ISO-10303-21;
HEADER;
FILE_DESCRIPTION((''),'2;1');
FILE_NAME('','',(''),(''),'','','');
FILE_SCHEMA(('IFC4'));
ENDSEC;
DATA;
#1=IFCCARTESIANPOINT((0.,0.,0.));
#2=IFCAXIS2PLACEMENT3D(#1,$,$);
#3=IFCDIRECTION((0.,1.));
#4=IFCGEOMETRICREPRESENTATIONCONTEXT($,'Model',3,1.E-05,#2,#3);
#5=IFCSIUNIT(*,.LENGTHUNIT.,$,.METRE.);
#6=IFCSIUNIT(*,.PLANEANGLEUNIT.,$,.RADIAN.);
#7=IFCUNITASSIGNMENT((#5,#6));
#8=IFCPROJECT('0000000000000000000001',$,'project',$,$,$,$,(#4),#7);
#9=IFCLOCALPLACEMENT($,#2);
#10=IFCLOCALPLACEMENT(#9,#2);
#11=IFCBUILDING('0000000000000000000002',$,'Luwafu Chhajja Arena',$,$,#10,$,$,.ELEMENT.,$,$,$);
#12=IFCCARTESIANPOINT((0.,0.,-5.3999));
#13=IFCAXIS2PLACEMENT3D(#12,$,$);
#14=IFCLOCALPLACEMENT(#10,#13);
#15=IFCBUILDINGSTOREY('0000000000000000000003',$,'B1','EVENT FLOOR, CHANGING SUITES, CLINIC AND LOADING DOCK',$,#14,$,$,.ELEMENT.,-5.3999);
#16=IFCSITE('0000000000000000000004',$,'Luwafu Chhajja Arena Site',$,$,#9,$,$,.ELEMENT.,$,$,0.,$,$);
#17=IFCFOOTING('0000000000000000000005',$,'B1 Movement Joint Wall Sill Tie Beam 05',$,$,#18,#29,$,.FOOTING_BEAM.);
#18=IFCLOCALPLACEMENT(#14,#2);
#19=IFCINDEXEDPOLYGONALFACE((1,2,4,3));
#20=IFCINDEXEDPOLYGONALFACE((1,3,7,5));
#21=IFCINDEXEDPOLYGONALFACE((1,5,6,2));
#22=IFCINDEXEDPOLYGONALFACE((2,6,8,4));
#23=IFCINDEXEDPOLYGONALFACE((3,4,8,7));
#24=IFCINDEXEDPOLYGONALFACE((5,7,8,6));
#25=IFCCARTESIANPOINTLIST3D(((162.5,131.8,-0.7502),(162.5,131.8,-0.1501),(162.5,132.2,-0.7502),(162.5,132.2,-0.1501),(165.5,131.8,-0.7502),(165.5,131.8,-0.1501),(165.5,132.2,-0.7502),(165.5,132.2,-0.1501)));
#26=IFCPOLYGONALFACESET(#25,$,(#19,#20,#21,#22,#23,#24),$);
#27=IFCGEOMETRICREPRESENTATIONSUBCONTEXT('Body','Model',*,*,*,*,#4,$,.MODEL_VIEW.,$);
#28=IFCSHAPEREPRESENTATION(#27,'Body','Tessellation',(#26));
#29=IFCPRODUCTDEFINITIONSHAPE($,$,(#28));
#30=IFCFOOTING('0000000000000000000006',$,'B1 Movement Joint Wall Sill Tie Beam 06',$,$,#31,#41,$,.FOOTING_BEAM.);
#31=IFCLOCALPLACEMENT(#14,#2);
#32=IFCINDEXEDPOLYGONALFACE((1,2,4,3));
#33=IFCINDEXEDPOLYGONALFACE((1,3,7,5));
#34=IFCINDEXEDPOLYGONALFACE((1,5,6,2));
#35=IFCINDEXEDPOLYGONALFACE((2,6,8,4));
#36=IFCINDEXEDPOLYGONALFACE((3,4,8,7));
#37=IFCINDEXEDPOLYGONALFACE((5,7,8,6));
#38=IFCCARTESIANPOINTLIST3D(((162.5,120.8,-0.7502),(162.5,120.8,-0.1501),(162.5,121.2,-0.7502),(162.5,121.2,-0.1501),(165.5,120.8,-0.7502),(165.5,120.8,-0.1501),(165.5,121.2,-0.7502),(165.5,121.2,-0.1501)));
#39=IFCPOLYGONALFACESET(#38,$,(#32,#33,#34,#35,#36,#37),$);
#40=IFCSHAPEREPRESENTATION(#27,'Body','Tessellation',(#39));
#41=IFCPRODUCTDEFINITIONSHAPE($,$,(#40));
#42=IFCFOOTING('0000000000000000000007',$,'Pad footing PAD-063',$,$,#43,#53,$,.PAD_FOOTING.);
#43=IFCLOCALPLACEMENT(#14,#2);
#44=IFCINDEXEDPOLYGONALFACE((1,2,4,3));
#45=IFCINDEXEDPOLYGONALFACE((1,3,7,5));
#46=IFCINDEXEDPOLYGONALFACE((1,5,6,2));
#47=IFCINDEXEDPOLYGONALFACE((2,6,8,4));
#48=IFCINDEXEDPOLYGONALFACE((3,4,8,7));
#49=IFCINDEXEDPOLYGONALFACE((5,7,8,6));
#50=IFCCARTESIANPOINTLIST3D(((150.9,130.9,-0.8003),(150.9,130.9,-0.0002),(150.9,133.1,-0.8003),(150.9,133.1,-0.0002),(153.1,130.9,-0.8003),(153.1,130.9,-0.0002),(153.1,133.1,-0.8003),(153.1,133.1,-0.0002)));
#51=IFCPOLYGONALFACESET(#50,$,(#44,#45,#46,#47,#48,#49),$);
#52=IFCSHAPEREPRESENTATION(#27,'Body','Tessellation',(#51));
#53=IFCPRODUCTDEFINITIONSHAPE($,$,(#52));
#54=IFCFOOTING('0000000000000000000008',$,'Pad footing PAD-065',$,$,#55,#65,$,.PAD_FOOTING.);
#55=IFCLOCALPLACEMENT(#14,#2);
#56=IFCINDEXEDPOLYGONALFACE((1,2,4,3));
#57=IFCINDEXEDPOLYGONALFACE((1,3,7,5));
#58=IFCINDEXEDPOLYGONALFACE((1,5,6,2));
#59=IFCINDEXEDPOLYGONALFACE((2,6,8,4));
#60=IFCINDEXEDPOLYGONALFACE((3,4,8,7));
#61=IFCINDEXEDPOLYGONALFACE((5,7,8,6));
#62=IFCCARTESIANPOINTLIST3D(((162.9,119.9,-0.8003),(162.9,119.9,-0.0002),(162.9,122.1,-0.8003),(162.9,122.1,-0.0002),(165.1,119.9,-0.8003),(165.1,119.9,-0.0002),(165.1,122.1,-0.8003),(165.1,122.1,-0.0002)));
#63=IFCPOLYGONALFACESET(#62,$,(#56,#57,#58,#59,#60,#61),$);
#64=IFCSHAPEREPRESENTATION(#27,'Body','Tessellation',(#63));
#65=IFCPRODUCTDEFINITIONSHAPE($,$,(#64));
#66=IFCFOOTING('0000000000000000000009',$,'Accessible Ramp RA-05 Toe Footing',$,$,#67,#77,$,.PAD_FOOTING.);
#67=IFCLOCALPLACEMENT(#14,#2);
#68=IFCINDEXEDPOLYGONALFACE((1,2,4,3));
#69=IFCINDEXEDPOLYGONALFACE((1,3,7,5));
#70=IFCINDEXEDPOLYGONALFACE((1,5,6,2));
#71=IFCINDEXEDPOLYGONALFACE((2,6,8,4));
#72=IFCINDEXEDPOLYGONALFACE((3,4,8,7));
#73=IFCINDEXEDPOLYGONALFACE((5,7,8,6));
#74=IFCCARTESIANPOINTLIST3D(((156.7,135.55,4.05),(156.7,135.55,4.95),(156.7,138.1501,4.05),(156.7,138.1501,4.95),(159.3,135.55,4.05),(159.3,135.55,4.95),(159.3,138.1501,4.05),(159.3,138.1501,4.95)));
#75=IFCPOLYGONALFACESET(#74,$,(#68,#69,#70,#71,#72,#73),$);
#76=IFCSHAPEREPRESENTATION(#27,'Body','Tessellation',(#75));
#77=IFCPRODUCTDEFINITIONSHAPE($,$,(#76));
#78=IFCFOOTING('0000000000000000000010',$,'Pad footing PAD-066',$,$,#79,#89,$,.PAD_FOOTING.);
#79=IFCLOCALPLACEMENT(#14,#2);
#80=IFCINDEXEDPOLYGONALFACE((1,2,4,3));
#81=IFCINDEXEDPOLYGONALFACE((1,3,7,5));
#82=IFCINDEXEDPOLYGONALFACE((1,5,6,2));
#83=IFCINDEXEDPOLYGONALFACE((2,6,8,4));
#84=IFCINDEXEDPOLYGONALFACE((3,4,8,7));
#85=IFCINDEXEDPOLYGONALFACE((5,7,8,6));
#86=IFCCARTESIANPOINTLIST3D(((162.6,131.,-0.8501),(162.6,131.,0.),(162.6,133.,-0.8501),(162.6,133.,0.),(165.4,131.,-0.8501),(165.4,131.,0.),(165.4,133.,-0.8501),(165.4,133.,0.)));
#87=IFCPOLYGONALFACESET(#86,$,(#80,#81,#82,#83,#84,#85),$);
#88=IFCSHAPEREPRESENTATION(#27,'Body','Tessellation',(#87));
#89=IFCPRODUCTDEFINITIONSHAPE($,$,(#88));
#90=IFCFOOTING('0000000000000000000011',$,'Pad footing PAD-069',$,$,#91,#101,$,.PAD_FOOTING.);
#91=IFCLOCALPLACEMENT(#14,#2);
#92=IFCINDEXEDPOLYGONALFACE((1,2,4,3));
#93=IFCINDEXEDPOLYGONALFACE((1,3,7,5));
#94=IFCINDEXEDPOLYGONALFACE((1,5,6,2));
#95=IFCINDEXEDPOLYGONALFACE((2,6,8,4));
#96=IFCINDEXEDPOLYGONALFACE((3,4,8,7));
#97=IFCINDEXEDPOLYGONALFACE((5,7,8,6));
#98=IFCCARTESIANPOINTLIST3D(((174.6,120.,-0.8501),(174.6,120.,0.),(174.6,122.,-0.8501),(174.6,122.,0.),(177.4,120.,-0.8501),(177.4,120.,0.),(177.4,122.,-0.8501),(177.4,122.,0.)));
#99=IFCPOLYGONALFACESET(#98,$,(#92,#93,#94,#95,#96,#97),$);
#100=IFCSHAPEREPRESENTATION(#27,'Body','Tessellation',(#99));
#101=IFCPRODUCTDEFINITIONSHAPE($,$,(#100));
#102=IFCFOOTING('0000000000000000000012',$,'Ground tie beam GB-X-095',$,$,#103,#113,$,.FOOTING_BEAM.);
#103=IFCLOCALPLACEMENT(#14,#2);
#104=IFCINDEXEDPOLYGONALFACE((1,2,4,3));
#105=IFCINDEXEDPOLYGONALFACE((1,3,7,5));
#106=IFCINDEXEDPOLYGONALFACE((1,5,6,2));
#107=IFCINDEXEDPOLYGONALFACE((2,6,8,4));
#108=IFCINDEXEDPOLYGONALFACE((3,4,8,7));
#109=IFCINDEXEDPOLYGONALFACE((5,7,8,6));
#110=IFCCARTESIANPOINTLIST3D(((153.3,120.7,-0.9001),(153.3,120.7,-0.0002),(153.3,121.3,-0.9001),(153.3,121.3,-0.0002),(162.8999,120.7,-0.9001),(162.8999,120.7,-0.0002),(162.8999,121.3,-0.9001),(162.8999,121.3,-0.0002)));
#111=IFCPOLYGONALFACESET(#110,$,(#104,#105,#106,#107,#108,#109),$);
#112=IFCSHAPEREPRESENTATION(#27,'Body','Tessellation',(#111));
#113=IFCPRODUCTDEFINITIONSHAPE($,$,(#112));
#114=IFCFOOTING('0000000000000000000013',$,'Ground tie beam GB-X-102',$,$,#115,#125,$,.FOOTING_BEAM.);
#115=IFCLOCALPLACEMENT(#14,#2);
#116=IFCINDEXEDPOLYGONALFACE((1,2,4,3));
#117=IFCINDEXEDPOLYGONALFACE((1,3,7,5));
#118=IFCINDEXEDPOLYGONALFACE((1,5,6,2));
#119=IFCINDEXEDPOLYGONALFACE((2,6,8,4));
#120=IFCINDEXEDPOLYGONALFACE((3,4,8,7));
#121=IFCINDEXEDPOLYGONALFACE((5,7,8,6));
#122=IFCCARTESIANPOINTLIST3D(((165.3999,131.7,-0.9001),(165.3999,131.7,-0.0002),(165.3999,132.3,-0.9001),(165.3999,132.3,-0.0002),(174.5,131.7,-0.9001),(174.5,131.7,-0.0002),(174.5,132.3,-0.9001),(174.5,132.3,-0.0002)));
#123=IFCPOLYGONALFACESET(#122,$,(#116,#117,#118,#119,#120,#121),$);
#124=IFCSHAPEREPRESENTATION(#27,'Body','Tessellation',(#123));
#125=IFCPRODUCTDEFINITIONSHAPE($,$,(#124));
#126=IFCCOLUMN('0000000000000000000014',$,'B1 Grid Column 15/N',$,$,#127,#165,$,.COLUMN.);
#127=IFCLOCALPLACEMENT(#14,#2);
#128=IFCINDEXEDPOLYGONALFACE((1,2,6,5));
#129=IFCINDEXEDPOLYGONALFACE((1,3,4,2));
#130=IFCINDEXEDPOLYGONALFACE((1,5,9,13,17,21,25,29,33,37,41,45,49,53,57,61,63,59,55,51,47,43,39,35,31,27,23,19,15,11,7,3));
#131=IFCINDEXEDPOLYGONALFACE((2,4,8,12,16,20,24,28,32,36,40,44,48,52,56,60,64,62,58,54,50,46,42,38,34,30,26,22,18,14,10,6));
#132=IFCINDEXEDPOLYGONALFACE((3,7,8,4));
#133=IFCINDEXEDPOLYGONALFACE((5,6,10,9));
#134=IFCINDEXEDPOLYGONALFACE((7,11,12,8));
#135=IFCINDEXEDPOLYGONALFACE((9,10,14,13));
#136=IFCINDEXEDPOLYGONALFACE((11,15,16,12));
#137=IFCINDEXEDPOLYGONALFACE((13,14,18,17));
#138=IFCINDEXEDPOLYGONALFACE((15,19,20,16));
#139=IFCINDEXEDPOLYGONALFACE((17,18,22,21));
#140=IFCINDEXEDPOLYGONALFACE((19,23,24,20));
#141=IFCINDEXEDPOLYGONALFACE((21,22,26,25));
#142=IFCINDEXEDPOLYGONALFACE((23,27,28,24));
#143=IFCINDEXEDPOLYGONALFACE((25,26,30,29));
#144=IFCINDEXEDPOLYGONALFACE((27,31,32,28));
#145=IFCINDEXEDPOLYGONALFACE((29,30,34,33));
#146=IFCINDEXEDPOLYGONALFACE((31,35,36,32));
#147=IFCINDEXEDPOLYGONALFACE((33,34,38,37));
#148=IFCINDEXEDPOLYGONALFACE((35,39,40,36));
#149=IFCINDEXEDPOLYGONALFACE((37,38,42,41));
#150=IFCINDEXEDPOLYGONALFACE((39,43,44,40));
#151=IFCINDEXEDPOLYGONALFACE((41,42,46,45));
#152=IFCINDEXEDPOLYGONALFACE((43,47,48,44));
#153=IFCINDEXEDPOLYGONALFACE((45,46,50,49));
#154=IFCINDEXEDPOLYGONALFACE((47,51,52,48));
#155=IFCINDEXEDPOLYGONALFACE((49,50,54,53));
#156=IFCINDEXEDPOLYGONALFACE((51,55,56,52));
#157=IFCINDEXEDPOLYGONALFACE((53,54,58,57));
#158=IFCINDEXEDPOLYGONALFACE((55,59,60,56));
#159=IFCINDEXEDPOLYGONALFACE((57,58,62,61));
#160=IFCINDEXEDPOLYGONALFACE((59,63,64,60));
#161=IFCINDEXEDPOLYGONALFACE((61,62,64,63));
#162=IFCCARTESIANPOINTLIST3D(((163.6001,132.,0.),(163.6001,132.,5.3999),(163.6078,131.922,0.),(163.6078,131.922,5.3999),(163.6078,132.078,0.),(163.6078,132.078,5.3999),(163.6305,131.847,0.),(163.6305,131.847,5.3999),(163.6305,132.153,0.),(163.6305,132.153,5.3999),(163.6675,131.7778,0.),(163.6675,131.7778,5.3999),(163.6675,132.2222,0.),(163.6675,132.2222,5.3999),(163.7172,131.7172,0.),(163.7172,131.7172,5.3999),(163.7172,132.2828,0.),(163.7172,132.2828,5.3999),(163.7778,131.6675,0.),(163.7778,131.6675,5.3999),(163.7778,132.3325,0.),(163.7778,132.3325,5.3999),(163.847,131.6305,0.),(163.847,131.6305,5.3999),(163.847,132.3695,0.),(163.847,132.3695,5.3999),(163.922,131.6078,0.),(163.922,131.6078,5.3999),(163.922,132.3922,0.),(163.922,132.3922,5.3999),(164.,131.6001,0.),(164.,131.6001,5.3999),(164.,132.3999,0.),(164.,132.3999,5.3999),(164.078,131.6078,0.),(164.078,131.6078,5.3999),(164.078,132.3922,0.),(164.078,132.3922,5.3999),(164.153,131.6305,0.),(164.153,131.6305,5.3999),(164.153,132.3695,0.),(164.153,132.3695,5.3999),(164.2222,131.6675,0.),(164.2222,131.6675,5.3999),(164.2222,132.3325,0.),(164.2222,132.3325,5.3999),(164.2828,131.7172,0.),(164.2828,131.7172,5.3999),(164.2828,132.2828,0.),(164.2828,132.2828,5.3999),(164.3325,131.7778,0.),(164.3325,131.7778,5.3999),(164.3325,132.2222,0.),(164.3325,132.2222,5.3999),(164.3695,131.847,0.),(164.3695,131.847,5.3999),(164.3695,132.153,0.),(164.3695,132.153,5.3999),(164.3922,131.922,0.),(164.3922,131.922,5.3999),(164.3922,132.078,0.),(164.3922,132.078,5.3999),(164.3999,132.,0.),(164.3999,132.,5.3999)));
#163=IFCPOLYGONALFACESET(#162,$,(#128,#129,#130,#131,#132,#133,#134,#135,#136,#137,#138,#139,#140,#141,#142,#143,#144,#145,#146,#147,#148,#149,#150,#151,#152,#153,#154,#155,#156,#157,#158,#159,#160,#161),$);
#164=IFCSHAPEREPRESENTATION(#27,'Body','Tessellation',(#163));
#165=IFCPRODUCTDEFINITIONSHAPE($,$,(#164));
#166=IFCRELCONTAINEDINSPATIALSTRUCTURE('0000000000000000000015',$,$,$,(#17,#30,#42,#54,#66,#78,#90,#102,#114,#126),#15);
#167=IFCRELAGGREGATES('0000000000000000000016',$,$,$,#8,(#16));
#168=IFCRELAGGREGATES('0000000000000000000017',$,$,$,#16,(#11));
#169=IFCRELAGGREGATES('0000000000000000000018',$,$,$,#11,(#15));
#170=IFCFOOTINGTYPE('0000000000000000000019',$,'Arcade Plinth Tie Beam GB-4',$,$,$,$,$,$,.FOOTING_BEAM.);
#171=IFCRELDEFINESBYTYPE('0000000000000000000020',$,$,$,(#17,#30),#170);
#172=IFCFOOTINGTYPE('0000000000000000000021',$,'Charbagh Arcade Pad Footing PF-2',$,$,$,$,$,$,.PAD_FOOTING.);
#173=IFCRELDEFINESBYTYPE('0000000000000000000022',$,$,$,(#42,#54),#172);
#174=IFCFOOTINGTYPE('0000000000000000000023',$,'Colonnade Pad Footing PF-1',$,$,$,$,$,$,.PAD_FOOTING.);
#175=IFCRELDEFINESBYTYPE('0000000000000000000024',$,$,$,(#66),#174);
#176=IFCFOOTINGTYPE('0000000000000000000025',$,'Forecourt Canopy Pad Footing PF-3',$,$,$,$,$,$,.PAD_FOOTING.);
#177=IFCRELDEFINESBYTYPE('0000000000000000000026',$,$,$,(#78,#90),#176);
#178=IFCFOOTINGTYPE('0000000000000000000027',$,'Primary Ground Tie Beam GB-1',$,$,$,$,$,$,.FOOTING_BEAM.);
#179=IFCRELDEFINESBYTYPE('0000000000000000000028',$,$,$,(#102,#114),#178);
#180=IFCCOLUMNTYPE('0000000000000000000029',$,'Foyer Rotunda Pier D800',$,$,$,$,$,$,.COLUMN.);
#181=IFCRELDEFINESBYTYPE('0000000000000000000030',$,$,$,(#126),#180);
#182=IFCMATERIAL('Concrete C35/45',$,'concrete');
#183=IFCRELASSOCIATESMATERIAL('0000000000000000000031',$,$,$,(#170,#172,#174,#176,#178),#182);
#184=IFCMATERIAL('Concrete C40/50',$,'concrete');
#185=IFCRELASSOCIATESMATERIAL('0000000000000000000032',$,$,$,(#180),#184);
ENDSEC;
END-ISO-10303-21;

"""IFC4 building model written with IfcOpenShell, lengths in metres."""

from ifc_helpers import new_model, si_unit, direction, frame, origin, origin_2d, place, context, subcontext, project, spatial, rectangle, circle, extrude, material, material_profile, profile_set, type_object, element, save


model = new_model("IFC4")

# Units and contexts
model_context = context("Model", 3, precision=1e-05, world=origin(), true_north=direction((0.0, 1.0)))
body_context = subcontext(model_context, "Body", "Model", "MODEL_VIEW")
ifc_project = project(units=[si_unit("LENGTHUNIT", "METRE"), si_unit("PLANEANGLEUNIT", "RADIAN")], contexts=[model_context])

# Site, building, storey
site_placement = place(None, origin())
site = spatial("IfcSite", under=ifc_project, at=site_placement, Name="Luwafu Chhajja Arena Site", CompositionType="ELEMENT", RefElevation=0.0)
building_placement = place(site_placement, origin())
building = spatial("IfcBuilding", under=site, at=building_placement, Name="Luwafu Chhajja Arena", CompositionType="ELEMENT")
storey_placement = place(building_placement, frame((0.0, 0.0, -5.3999)))
storey = spatial("IfcBuildingStorey", under=building, at=storey_placement, Name="B1", Description="EVENT FLOOR, CHANGING SUITES, CLINIC AND LOADING DOCK", CompositionType="ELEMENT", Elevation=-5.3999)

# Footings
ifc_material_1 = material(Name="Concrete C35/45", Category="concrete")
ifc_material_profile_1 = material_profile(ifc_material_1, rectangle(XDim=0.3999, YDim=0.6001, at=origin_2d()), Name="RC 400x600")
ifc_profile_set_1 = profile_set([ifc_material_profile_1], Name="Concrete C35/45")
footing_type_1 = type_object("IfcFootingType", Name="Arcade Plinth Tie Beam GB-4", PredefinedType="FOOTING_BEAM", material=ifc_profile_set_1)
for number, where, z_axis, x_axis, name in (
    (1, (162.5, 132.0, -0.4502), (1.0, 0.0, 0.0), (0.0, 1.0, 0.0), "B1 Movement Joint Wall Sill Tie Beam 05"),
    (2, (162.5, 121.0, -0.4502), (1.0, 0.0, 0.0), (0.0, 1.0, 0.0), "B1 Movement Joint Wall Sill Tie Beam 06"),
):
    element("IfcFooting", number, at=place(storey_placement, frame(where, z_axis=z_axis, x_axis=x_axis)), inside=storey, type_object=footing_type_1, Name=name, PredefinedType="FOOTING_BEAM", context=body_context, shape_type="SweptSolid", body=[
        extrude(rectangle(XDim=0.3999, YDim=0.6001, at=origin_2d()), origin(), (0.0, 0.0, 1.0), 3.0),
    ])
footing_type_2 = type_object("IfcFootingType", Name="Charbagh Arcade Pad Footing PF-2", PredefinedType="PAD_FOOTING", material=ifc_material_1)
for number, where, z_axis, x_axis, name in (
    (3, (152.0, 132.0, -0.8003), (0.0, 0.0, 1.0), (1.0, 0.0, 0.0), "Pad footing PAD-063"),
    (4, (164.0, 121.0, -0.8003), (0.0, 0.0, 1.0), (1.0, 0.0, 0.0), "Pad footing PAD-065"),
):
    element("IfcFooting", number, at=place(storey_placement, frame(where, z_axis=z_axis, x_axis=x_axis)), inside=storey, type_object=footing_type_2, Name=name, PredefinedType="PAD_FOOTING", context=body_context, shape_type="SweptSolid", body=[
        extrude(rectangle(XDim=2.2, YDim=2.2, at=origin_2d()), origin(), (0.0, 0.0, 1.0), 0.8),
    ])
footing_type_3 = type_object("IfcFootingType", Name="Colonnade Pad Footing PF-1", PredefinedType="PAD_FOOTING", material=ifc_material_1)
footing_1_placement = place(storey_placement, frame((158.0, 136.8501, 4.05), z_axis=(0.0, 0.0, 1.0), x_axis=(1.0, 0.0, 0.0)))
element("IfcFooting", 5, at=footing_1_placement, inside=storey, type_object=footing_type_3, Name="Accessible Ramp RA-05 Toe Footing", PredefinedType="PAD_FOOTING", context=body_context, shape_type="SweptSolid", body=[
    extrude(rectangle(XDim=2.6001, YDim=2.6001, at=origin_2d()), origin(), (0.0, 0.0, 1.0), 0.8999),
])
footing_type_4 = type_object("IfcFootingType", Name="Forecourt Canopy Pad Footing PF-3", PredefinedType="PAD_FOOTING", material=ifc_material_1)
for number, where, z_axis, x_axis, name in (
    (6, (164.0, 132.0, -0.8501), (0.0, 0.0, 1.0), (1.0, 0.0, 0.0), "Pad footing PAD-066"),
    (7, (176.0, 121.0, -0.8501), (0.0, 0.0, 1.0), (1.0, 0.0, 0.0), "Pad footing PAD-069"),
):
    element("IfcFooting", number, at=place(storey_placement, frame(where, z_axis=z_axis, x_axis=x_axis)), inside=storey, type_object=footing_type_4, Name=name, PredefinedType="PAD_FOOTING", context=body_context, shape_type="SweptSolid", body=[
        extrude(rectangle(XDim=2.8, YDim=2.0, at=origin_2d()), origin(), (0.0, 0.0, 1.0), 0.8501),
    ])
ifc_material_profile_2 = material_profile(ifc_material_1, rectangle(XDim=0.6001, YDim=0.8999, at=origin_2d()), Name="RC 600x900")
ifc_profile_set_2 = profile_set([ifc_material_profile_2], Name="Concrete C35/45")
footing_type_5 = type_object("IfcFootingType", Name="Primary Ground Tie Beam GB-1", PredefinedType="FOOTING_BEAM", material=ifc_profile_set_2)
footing_2_placement = place(storey_placement, frame((153.3, 121.0, -0.4502), z_axis=(1.0, 0.0, 0.0), x_axis=(0.0, 1.0, 0.0)))
element("IfcFooting", 8, at=footing_2_placement, inside=storey, type_object=footing_type_5, Name="Ground tie beam GB-X-095", PredefinedType="FOOTING_BEAM", context=body_context, shape_type="SweptSolid", body=[
    extrude(rectangle(XDim=0.6001, YDim=0.8999, at=origin_2d()), origin(), (0.0, 0.0, 1.0), 9.5999),
])
footing_3_placement = place(storey_placement, frame((165.3999, 132.0, -0.4502), z_axis=(1.0, 0.0, 0.0), x_axis=(0.0, 1.0, 0.0)))
element("IfcFooting", 9, at=footing_3_placement, inside=storey, type_object=footing_type_5, Name="Ground tie beam GB-X-102", PredefinedType="FOOTING_BEAM", context=body_context, shape_type="SweptSolid", body=[
    extrude(rectangle(XDim=0.6001, YDim=0.8999, at=origin_2d()), origin(), (0.0, 0.0, 1.0), 9.1001),
])

# Column
ifc_material_2 = material(Name="Concrete C40/50", Category="concrete")
ifc_material_profile_3 = material_profile(ifc_material_2, circle(Radius=0.3999, at=origin_2d()), Name="RC COL D800")
ifc_profile_set_3 = profile_set([ifc_material_profile_3], Name="Concrete C40/50")
column_type_1 = type_object("IfcColumnType", Name="Foyer Rotunda Pier D800", PredefinedType="COLUMN", material=ifc_profile_set_3)
column_1_placement = place(storey_placement, frame((164.0, 132.0, 0.0), z_axis=(0.0, 0.0, 1.0), x_axis=(1.0, 0.0, 0.0)))
element("IfcColumn", 10, at=column_1_placement, inside=storey, type_object=column_type_1, Name="B1 Grid Column 15/N", PredefinedType="COLUMN", context=body_context, shape_type="SweptSolid", body=[
    extrude(circle(Radius=0.3999, at=origin_2d()), origin(), (0.0, 0.0, 1.0), 5.3999),
])

save(model, "model.ifc")
